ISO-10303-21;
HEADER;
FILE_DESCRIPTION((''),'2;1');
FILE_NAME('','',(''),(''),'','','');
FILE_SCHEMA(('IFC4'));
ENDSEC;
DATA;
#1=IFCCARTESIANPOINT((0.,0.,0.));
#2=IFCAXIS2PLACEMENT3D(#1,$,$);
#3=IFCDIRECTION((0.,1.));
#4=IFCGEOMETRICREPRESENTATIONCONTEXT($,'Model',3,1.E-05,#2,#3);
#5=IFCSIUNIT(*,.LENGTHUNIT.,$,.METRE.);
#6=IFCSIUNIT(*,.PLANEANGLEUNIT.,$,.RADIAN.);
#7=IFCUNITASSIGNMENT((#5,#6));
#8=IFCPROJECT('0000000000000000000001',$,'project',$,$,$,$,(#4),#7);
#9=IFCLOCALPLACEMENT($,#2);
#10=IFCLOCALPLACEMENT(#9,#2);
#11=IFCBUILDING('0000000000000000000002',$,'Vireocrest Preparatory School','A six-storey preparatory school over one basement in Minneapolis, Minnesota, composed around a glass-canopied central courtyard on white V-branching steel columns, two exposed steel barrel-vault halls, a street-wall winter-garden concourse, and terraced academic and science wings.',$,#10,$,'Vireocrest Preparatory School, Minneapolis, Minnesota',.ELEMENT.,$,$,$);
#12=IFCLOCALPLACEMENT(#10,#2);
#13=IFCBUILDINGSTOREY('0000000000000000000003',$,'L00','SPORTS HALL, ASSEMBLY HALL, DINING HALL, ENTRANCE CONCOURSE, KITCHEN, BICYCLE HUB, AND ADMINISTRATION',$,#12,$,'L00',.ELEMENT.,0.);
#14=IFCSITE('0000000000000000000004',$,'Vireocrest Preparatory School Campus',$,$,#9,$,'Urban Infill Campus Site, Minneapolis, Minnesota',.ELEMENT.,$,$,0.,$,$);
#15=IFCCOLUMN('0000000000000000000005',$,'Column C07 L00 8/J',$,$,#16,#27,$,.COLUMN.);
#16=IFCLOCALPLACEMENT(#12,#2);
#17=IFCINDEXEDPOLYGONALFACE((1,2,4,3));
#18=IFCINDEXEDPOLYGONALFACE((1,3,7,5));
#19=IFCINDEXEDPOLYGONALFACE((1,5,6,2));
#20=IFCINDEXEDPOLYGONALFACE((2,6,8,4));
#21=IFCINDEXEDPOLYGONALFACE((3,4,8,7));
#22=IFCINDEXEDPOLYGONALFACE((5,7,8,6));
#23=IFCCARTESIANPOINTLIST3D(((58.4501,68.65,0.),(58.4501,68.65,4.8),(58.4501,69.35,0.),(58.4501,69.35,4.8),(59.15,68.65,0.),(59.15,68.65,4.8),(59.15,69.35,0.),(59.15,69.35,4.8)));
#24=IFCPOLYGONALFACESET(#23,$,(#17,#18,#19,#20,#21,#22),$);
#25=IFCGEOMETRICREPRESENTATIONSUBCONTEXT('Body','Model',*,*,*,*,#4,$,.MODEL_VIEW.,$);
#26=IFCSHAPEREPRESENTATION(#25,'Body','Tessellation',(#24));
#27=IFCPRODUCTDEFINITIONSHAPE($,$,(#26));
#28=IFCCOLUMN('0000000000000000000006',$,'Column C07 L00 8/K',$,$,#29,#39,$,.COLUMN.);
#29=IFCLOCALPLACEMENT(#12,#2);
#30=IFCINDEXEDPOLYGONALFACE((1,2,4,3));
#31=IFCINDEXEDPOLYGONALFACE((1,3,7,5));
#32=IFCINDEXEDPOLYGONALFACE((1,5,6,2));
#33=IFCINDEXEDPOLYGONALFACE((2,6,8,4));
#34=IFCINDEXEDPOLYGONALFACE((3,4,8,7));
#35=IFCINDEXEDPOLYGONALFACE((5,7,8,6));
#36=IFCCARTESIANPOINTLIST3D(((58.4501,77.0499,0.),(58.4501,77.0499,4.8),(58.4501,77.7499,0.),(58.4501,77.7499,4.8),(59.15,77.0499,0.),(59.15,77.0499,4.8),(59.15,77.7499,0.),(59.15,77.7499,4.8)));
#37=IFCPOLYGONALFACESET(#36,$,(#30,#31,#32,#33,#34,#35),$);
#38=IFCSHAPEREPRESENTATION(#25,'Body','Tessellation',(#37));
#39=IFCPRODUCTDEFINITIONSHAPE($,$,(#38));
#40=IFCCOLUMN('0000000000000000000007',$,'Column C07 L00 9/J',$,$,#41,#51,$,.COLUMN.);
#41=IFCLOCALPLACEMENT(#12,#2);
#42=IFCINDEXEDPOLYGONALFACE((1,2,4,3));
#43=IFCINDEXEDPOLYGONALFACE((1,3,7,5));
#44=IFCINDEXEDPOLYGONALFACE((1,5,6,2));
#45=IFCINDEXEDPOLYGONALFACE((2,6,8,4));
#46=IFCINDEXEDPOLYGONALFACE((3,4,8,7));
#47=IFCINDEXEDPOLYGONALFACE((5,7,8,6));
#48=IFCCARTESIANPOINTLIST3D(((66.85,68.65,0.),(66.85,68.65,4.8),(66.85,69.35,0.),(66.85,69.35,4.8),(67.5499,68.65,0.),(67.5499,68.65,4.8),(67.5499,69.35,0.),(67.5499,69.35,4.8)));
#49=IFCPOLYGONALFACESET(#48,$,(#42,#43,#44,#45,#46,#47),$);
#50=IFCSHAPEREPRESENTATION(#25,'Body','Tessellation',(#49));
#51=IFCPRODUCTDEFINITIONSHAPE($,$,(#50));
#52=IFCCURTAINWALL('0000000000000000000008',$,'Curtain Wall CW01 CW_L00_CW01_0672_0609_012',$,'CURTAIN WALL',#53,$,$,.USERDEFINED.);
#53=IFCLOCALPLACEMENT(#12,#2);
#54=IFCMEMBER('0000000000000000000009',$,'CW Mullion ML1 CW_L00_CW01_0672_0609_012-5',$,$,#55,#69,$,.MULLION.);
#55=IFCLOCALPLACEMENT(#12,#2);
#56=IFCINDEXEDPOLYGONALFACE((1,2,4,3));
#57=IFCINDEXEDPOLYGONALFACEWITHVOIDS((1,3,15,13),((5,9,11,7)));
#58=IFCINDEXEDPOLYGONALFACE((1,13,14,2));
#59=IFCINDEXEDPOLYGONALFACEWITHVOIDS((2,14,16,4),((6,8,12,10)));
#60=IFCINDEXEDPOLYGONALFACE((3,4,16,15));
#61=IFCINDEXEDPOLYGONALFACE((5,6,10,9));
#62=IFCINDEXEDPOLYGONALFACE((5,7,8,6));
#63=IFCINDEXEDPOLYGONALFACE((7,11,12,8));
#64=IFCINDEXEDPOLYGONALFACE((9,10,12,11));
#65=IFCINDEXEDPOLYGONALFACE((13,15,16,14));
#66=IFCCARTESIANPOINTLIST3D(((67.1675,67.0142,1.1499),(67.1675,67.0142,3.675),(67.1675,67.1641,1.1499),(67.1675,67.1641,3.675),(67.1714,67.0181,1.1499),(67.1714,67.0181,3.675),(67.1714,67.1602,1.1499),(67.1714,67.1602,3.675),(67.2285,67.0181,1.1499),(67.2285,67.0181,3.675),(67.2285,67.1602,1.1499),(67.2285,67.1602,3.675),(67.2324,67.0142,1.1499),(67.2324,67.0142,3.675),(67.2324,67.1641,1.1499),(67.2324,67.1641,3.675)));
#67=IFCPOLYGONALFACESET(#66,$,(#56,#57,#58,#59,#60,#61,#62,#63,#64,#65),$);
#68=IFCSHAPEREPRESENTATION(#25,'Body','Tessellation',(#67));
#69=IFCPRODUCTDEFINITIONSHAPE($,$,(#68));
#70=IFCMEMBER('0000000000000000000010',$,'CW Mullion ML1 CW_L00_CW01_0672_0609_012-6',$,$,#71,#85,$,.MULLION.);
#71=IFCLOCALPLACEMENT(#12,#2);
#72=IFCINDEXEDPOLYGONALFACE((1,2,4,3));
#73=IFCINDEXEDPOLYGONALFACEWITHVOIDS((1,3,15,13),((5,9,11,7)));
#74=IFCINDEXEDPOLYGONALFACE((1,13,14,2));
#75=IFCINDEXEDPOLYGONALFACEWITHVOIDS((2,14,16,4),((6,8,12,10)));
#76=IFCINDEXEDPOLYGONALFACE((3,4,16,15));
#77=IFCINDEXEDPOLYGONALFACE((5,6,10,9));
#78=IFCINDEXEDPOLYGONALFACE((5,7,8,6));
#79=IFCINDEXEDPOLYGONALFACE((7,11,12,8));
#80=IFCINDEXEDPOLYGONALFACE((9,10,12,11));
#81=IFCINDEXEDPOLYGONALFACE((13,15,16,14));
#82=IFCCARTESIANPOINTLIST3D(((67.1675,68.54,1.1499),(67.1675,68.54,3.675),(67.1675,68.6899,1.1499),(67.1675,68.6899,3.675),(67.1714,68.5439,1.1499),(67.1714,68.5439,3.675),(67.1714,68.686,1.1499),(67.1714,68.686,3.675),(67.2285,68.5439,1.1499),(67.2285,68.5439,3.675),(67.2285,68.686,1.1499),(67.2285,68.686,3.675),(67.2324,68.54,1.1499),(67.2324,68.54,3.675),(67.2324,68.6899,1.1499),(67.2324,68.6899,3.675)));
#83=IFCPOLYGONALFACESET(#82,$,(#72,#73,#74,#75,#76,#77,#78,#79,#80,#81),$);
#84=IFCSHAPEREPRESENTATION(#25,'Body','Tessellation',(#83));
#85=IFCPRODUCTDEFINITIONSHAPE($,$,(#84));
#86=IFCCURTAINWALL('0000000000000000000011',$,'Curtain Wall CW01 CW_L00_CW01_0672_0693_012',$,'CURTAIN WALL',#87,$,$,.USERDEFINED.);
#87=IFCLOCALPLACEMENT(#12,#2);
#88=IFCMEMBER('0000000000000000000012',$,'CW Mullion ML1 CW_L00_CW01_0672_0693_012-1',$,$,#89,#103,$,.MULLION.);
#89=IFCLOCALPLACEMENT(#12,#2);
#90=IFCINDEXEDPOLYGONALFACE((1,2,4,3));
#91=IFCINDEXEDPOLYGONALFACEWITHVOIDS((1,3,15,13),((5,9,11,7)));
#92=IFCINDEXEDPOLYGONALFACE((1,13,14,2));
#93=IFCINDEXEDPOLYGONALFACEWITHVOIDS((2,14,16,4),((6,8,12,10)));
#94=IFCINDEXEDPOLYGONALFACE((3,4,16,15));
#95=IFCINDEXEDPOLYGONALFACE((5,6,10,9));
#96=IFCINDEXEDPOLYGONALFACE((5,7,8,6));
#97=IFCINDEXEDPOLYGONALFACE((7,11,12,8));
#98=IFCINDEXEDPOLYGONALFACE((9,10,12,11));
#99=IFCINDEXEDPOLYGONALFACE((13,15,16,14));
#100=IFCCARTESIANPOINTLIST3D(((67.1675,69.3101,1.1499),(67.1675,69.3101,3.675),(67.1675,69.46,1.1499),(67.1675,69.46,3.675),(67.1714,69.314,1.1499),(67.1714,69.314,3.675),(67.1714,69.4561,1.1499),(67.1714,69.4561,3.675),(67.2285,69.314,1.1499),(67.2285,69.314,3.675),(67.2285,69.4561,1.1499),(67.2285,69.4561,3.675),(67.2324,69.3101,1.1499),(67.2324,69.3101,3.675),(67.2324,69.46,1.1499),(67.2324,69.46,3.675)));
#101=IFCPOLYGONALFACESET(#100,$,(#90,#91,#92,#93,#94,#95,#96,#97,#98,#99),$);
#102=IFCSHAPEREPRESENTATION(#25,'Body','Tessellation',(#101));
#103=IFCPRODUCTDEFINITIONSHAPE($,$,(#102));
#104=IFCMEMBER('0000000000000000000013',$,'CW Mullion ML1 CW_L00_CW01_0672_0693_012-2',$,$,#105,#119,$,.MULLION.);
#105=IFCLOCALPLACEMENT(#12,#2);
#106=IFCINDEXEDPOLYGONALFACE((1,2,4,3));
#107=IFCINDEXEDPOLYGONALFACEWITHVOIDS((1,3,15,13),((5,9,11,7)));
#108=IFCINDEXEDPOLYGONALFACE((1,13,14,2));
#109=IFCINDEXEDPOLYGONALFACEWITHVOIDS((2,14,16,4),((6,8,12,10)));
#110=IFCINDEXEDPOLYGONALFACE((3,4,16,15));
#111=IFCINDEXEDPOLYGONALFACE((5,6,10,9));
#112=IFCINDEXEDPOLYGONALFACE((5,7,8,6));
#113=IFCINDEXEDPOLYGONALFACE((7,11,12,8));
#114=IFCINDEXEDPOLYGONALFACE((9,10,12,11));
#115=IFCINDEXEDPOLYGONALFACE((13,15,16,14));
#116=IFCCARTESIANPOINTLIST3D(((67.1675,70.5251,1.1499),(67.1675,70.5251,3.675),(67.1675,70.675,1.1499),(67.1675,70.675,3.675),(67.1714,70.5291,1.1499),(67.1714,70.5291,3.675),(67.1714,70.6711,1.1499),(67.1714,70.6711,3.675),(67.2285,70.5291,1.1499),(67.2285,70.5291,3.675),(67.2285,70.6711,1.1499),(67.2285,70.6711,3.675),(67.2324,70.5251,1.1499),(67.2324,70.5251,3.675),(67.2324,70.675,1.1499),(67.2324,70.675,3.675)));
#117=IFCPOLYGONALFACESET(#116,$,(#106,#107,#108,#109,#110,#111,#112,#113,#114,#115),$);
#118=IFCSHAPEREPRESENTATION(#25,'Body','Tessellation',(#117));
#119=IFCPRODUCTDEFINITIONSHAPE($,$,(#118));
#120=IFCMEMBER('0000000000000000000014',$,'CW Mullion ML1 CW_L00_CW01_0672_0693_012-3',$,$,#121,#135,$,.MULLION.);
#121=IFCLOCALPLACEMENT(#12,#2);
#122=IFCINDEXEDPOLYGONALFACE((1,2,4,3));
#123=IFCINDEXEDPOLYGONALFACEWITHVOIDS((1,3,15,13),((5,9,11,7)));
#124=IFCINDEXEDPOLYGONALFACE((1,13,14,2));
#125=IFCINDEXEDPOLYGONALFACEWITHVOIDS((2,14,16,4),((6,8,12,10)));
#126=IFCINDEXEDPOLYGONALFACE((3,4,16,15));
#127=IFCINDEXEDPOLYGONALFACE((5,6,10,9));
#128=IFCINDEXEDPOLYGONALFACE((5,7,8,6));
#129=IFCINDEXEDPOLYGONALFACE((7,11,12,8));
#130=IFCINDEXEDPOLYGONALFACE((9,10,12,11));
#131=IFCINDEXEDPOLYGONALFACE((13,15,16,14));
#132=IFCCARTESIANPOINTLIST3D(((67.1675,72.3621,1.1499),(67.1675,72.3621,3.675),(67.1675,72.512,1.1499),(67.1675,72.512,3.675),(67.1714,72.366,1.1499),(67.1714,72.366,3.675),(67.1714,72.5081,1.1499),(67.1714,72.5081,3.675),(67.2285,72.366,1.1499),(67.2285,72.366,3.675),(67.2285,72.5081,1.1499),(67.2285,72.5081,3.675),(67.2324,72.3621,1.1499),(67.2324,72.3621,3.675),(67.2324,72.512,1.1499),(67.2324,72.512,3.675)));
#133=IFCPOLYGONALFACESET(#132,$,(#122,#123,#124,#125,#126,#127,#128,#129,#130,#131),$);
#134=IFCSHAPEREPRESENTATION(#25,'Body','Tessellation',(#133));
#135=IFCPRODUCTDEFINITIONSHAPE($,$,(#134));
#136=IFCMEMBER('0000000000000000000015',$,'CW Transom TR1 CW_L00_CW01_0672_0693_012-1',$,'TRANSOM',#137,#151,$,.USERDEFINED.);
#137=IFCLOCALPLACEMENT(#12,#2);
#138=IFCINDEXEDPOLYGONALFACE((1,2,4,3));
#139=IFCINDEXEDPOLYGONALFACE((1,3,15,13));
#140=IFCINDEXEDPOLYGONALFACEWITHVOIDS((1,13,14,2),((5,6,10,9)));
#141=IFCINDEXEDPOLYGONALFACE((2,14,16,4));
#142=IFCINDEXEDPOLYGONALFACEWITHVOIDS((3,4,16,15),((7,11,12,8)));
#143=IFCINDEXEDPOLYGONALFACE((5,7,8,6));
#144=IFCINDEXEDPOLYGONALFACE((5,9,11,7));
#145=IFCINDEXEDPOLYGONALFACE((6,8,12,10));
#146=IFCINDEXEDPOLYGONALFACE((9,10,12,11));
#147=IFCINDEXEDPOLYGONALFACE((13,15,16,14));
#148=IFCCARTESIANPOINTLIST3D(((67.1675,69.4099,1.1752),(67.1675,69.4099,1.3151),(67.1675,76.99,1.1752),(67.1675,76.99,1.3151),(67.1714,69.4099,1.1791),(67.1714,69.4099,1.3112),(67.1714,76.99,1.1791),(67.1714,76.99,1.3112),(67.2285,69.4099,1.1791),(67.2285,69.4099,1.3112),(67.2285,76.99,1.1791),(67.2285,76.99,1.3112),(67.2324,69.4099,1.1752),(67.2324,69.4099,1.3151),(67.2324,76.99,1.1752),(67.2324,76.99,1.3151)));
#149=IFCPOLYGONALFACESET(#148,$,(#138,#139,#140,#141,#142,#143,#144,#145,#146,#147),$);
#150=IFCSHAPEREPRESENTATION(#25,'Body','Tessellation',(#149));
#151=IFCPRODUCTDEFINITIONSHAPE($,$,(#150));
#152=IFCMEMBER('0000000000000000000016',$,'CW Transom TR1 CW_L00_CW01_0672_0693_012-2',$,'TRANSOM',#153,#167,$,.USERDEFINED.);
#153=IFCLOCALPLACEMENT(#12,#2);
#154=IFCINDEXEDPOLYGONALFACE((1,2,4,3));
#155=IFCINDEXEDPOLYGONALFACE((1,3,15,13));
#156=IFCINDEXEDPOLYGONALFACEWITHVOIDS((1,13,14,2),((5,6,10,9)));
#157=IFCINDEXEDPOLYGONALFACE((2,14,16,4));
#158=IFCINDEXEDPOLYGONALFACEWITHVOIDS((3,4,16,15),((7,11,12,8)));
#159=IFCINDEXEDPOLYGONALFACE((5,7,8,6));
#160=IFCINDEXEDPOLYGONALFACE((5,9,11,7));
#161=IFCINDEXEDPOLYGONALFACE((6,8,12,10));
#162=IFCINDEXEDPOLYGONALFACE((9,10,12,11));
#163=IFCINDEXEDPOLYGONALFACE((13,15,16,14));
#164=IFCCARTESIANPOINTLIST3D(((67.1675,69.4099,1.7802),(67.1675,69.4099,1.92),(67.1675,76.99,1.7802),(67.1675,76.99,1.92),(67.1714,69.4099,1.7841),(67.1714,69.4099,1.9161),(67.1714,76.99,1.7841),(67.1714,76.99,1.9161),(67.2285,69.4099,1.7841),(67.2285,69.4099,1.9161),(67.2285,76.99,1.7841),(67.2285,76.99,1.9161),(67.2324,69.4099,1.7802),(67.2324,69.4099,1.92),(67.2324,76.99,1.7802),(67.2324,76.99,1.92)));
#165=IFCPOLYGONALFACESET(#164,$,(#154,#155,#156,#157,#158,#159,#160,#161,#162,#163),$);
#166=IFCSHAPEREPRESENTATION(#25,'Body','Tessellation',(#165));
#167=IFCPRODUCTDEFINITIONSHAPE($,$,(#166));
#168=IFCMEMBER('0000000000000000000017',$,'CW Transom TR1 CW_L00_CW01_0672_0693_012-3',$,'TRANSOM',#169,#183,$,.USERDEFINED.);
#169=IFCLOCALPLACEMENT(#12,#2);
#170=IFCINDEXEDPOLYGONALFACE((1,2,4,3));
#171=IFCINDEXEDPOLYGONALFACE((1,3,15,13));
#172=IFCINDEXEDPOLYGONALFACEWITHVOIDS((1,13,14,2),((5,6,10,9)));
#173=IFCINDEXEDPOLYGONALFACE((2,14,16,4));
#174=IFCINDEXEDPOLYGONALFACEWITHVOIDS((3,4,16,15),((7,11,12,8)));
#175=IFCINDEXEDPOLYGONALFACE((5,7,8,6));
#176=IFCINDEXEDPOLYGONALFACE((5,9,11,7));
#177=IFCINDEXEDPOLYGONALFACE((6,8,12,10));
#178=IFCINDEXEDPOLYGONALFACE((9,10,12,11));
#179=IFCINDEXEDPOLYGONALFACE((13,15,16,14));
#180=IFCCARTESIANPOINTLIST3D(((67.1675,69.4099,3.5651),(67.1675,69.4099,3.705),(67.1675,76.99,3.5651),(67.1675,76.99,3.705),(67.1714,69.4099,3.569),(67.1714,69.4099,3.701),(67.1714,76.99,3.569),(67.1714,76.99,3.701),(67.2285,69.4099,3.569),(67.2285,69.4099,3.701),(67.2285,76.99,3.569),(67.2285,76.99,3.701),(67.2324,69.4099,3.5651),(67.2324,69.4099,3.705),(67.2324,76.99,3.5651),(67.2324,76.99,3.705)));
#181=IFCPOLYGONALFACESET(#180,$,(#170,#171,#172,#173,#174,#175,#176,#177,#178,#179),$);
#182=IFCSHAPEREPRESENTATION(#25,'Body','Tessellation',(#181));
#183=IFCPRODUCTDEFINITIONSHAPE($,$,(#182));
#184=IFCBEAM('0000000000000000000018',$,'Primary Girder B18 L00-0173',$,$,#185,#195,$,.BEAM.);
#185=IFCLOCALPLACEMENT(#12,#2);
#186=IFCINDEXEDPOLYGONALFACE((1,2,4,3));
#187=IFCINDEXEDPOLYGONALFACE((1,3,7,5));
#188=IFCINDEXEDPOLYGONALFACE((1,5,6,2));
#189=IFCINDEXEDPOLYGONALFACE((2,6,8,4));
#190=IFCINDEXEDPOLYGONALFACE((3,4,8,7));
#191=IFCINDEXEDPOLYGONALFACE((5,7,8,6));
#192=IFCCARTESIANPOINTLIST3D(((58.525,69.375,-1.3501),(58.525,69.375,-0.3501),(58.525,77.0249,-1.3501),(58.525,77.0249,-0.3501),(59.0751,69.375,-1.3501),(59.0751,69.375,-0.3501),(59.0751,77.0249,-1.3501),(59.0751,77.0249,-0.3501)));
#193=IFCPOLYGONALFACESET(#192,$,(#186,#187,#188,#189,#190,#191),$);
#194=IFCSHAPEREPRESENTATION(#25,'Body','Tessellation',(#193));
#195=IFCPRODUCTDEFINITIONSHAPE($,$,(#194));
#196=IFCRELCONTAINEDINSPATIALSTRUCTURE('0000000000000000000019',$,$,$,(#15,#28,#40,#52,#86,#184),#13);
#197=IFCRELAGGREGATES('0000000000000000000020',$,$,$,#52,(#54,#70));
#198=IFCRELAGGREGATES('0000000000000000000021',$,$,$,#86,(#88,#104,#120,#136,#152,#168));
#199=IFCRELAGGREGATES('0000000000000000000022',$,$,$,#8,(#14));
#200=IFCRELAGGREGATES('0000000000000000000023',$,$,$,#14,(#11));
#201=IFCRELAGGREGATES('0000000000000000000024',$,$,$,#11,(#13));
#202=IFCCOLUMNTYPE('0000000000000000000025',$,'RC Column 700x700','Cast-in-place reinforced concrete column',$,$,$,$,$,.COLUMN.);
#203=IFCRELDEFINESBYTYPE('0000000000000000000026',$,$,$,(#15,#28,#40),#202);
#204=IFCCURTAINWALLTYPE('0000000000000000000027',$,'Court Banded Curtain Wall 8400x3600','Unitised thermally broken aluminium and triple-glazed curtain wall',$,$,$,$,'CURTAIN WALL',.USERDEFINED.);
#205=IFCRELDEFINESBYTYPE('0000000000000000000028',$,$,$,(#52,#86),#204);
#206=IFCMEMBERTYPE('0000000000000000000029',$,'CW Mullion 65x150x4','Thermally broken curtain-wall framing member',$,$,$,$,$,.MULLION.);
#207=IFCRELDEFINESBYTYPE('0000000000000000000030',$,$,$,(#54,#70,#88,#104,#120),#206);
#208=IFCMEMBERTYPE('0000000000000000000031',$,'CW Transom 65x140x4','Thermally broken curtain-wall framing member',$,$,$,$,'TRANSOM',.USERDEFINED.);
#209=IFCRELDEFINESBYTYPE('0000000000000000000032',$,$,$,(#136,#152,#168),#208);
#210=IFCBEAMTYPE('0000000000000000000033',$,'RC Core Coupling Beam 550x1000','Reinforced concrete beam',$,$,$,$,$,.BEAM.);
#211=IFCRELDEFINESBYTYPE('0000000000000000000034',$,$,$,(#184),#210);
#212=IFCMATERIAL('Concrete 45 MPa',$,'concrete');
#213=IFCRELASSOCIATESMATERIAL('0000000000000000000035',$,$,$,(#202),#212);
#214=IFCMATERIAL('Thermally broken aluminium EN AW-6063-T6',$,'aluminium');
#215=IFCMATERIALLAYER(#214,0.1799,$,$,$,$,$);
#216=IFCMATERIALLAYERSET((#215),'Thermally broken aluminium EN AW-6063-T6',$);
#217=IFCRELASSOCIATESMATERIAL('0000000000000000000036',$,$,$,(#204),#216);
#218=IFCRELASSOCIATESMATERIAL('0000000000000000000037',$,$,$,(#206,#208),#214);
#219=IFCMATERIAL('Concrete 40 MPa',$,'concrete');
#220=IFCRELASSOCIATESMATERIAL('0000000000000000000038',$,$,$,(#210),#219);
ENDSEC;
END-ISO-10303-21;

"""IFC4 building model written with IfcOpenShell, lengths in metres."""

from ifc_helpers import new_model, si_unit, direction, frame, origin, origin_2d, place, context, subcontext, project, spatial, rectangle, hollow_rectangle, extrude, material, layer, layer_set, material_profile, profile_set, type_object, element, aggregate, save


model = new_model("IFC4")

# Units and contexts
model_context = context("Model", 3, precision=1e-05, world=origin(), true_north=direction((0.0, 1.0)))
body_context = subcontext(model_context, "Body", "Model", "MODEL_VIEW")
ifc_project = project(units=[si_unit("LENGTHUNIT", "METRE"), si_unit("PLANEANGLEUNIT", "RADIAN")], contexts=[model_context])

# Site, building, storey
site_placement = place(None, origin())
site = spatial("IfcSite", under=ifc_project, at=site_placement, Name="Vireocrest Preparatory School Campus", LongName="Urban Infill Campus Site, Minneapolis, Minnesota", CompositionType="ELEMENT", RefElevation=0.0)
building_placement = place(site_placement, origin())
building = spatial("IfcBuilding", under=site, at=building_placement, Name="Vireocrest Preparatory School", Description="A six-storey preparatory school over one basement in Minneapolis, Minnesota, composed around a glass-canopied central courtyard on white V-branching steel columns, two exposed steel barrel-vault halls, a street-wall winter-garden concourse, and terraced academic and science wings.", LongName="Vireocrest Preparatory School, Minneapolis, Minnesota", CompositionType="ELEMENT")
storey_placement = place(building_placement, origin())
storey = spatial("IfcBuildingStorey", under=building, at=storey_placement, Name="L00", Description="SPORTS HALL, ASSEMBLY HALL, DINING HALL, ENTRANCE CONCOURSE, KITCHEN, BICYCLE HUB, AND ADMINISTRATION", LongName="L00", CompositionType="ELEMENT", Elevation=0.0)

# Columns
ifc_material_1 = material(Name="Concrete 45 MPa", Category="concrete")
ifc_material_profile_1 = material_profile(ifc_material_1, rectangle(XDim=0.7, YDim=0.7, at=origin_2d()), Name="RC 700x700")
ifc_profile_set_1 = profile_set([ifc_material_profile_1], Name="Concrete 45 MPa")
column_type = type_object("IfcColumnType", Name="RC Column 700x700", Description="Cast-in-place reinforced concrete column", PredefinedType="COLUMN", material=ifc_profile_set_1)
for number, where, z_axis, x_axis, name in (
    (1, (58.8, 69.0, 0.0), (0.0, 0.0, 1.0), (1.0, 0.0, 0.0), "Column C07 L00 8/J"),
    (2, (58.8, 77.3999, 0.0), (0.0, 0.0, 1.0), (1.0, 0.0, 0.0), "Column C07 L00 8/K"),
    (3, (67.2, 69.0, 0.0), (0.0, 0.0, 1.0), (1.0, 0.0, 0.0), "Column C07 L00 9/J"),
):
    element("IfcColumn", number, at=place(storey_placement, frame(where, z_axis=z_axis, x_axis=x_axis)), inside=storey, type_object=column_type, Name=name, PredefinedType="COLUMN", context=body_context, shape_type="SweptSolid", body=[
        extrude(rectangle(XDim=0.7, YDim=0.7, at=origin_2d()), origin(), (0.0, 0.0, 1.0), 4.8),
    ])

# Curtain walls, members
ifc_material_2 = material(Name="Thermally broken aluminium EN AW-6063-T6", Category="aluminium")
ifc_layer_1 = layer(ifc_material_2, 0.1799)
ifc_layer_set_1 = layer_set([ifc_layer_1], Name="Thermally broken aluminium EN AW-6063-T6")
curtain_wall_type = type_object("IfcCurtainWallType", Name="Court Banded Curtain Wall 8400x3600", Description="Unitised thermally broken aluminium and triple-glazed curtain wall", ElementType="CURTAIN WALL", PredefinedType="USERDEFINED", material=ifc_layer_set_1)
curtain_wall_1_placement = place(storey_placement, origin())
curtain_wall_1 = element("IfcCurtainWall", 4, at=curtain_wall_1_placement, inside=storey, type_object=curtain_wall_type, Name="Curtain Wall CW01 CW_L00_CW01_0672_0609_012", ObjectType="CURTAIN WALL", PredefinedType="USERDEFINED")
ifc_material_profile_2 = material_profile(ifc_material_2, hollow_rectangle(XDim=0.0649, YDim=0.1499, WallThickness=0.0039, at=origin_2d()), Name="ALU 65x150x4")
ifc_profile_set_2 = profile_set([ifc_material_profile_2], Name="Thermally broken aluminium EN AW-6063-T6")
member_type_1 = type_object("IfcMemberType", Name="CW Mullion 65x150x4", Description="Thermally broken curtain-wall framing member", PredefinedType="MULLION", material=ifc_profile_set_2)
member_1_placement = place(storey_placement, frame((67.2, 67.0891, 1.1499), z_axis=(0.0, 0.0, 1.0), x_axis=(1.0, 0.0, 0.0)))
member_1 = element("IfcMember", 5, at=member_1_placement, type_object=member_type_1, Name="CW Mullion ML1 CW_L00_CW01_0672_0609_012-5", PredefinedType="MULLION", context=body_context, shape_type="SweptSolid", body=[
    extrude(hollow_rectangle(XDim=0.0649, YDim=0.1499, WallThickness=0.0039, at=origin_2d()), origin(), (0.0, 0.0, 1.0), 2.5251),
])
member_2_placement = place(storey_placement, frame((67.2, 68.615, 1.1499), z_axis=(0.0, 0.0, 1.0), x_axis=(1.0, 0.0, 0.0)))
member_2 = element("IfcMember", 6, at=member_2_placement, type_object=member_type_1, Name="CW Mullion ML1 CW_L00_CW01_0672_0609_012-6", PredefinedType="MULLION", context=body_context, shape_type="SweptSolid", body=[
    extrude(hollow_rectangle(XDim=0.0649, YDim=0.1499, WallThickness=0.0039, at=origin_2d()), origin(), (0.0, 0.0, 1.0), 2.5251),
])
curtain_wall_2_placement = place(storey_placement, origin())
curtain_wall_2 = element("IfcCurtainWall", 7, at=curtain_wall_2_placement, inside=storey, type_object=curtain_wall_type, Name="Curtain Wall CW01 CW_L00_CW01_0672_0693_012", ObjectType="CURTAIN WALL", PredefinedType="USERDEFINED")
member_3_placement = place(storey_placement, frame((67.2, 69.385, 1.1499), z_axis=(0.0, 0.0, 1.0), x_axis=(1.0, 0.0, 0.0)))
member_3 = element("IfcMember", 8, at=member_3_placement, type_object=member_type_1, Name="CW Mullion ML1 CW_L00_CW01_0672_0693_012-1", PredefinedType="MULLION", context=body_context, shape_type="SweptSolid", body=[
    extrude(hollow_rectangle(XDim=0.0649, YDim=0.1499, WallThickness=0.0039, at=origin_2d()), origin(), (0.0, 0.0, 1.0), 2.5251),
])
member_4_placement = place(storey_placement, frame((67.2, 70.6001, 1.1499), z_axis=(0.0, 0.0, 1.0), x_axis=(1.0, 0.0, 0.0)))
member_4 = element("IfcMember", 9, at=member_4_placement, type_object=member_type_1, Name="CW Mullion ML1 CW_L00_CW01_0672_0693_012-2", PredefinedType="MULLION", context=body_context, shape_type="SweptSolid", body=[
    extrude(hollow_rectangle(XDim=0.0649, YDim=0.1499, WallThickness=0.0039, at=origin_2d()), origin(), (0.0, 0.0, 1.0), 2.5251),
])
member_5_placement = place(storey_placement, frame((67.2, 72.437, 1.1499), z_axis=(0.0, 0.0, 1.0), x_axis=(1.0, 0.0, 0.0)))
member_5 = element("IfcMember", 10, at=member_5_placement, type_object=member_type_1, Name="CW Mullion ML1 CW_L00_CW01_0672_0693_012-3", PredefinedType="MULLION", context=body_context, shape_type="SweptSolid", body=[
    extrude(hollow_rectangle(XDim=0.0649, YDim=0.1499, WallThickness=0.0039, at=origin_2d()), origin(), (0.0, 0.0, 1.0), 2.5251),
])
ifc_material_profile_3 = material_profile(ifc_material_2, hollow_rectangle(XDim=0.0649, YDim=0.1399, WallThickness=0.0039, at=origin_2d()), Name="ALU 65x140x4")
ifc_profile_set_3 = profile_set([ifc_material_profile_3], Name="Thermally broken aluminium EN AW-6063-T6")
member_type_2 = type_object("IfcMemberType", Name="CW Transom 65x140x4", Description="Thermally broken curtain-wall framing member", ElementType="TRANSOM", PredefinedType="USERDEFINED", material=ifc_profile_set_3)
member_6_placement = place(storey_placement, frame((67.2, 69.4099, 1.2451), z_axis=(0.0, 1.0, 0.0), x_axis=(-1.0, 0.0, 0.0)))
member_6 = element("IfcMember", 11, at=member_6_placement, type_object=member_type_2, Name="CW Transom TR1 CW_L00_CW01_0672_0693_012-1", ObjectType="TRANSOM", PredefinedType="USERDEFINED", context=body_context, shape_type="SweptSolid", body=[
    extrude(hollow_rectangle(XDim=0.0649, YDim=0.1399, WallThickness=0.0039, at=origin_2d()), origin(), (0.0, 0.0, 1.0), 7.5801),
])
member_7_placement = place(storey_placement, frame((67.2, 69.4099, 1.8501), z_axis=(0.0, 1.0, 0.0), x_axis=(-1.0, 0.0, 0.0)))
member_7 = element("IfcMember", 12, at=member_7_placement, type_object=member_type_2, Name="CW Transom TR1 CW_L00_CW01_0672_0693_012-2", ObjectType="TRANSOM", PredefinedType="USERDEFINED", context=body_context, shape_type="SweptSolid", body=[
    extrude(hollow_rectangle(XDim=0.0649, YDim=0.1399, WallThickness=0.0039, at=origin_2d()), origin(), (0.0, 0.0, 1.0), 7.5801),
])
member_8_placement = place(storey_placement, frame((67.2, 69.4099, 3.635), z_axis=(0.0, 1.0, 0.0), x_axis=(-1.0, 0.0, 0.0)))
member_8 = element("IfcMember", 13, at=member_8_placement, type_object=member_type_2, Name="CW Transom TR1 CW_L00_CW01_0672_0693_012-3", ObjectType="TRANSOM", PredefinedType="USERDEFINED", context=body_context, shape_type="SweptSolid", body=[
    extrude(hollow_rectangle(XDim=0.0649, YDim=0.1399, WallThickness=0.0039, at=origin_2d()), origin(), (0.0, 0.0, 1.0), 7.5801),
])

# Beam
ifc_material_3 = material(Name="Concrete 40 MPa", Category="concrete")
ifc_material_profile_4 = material_profile(ifc_material_3, rectangle(XDim=0.55, YDim=1.0, at=origin_2d()), Name="RC 550x1000")
ifc_profile_set_4 = profile_set([ifc_material_profile_4], Name="Concrete 40 MPa")
beam_type_1 = type_object("IfcBeamType", Name="RC Core Coupling Beam 550x1000", Description="Reinforced concrete beam", PredefinedType="BEAM", material=ifc_profile_set_4)
beam_1_placement = place(storey_placement, frame((58.8, 69.375, -0.8501), z_axis=(0.0, 1.0, 0.0), x_axis=(-1.0, 0.0, 0.0)))
element("IfcBeam", 14, at=beam_1_placement, inside=storey, type_object=beam_type_1, Name="Primary Girder B18 L00-0173", PredefinedType="BEAM", context=body_context, shape_type="SweptSolid", body=[
    extrude(rectangle(XDim=0.55, YDim=1.0, at=origin_2d()), origin(), (0.0, 0.0, 1.0), 7.6499),
])

aggregate(curtain_wall_1, [member_1, member_2])
aggregate(curtain_wall_2, [member_3, member_4, member_5, member_6, member_7, member_8])

save(model, "model.ifc")
